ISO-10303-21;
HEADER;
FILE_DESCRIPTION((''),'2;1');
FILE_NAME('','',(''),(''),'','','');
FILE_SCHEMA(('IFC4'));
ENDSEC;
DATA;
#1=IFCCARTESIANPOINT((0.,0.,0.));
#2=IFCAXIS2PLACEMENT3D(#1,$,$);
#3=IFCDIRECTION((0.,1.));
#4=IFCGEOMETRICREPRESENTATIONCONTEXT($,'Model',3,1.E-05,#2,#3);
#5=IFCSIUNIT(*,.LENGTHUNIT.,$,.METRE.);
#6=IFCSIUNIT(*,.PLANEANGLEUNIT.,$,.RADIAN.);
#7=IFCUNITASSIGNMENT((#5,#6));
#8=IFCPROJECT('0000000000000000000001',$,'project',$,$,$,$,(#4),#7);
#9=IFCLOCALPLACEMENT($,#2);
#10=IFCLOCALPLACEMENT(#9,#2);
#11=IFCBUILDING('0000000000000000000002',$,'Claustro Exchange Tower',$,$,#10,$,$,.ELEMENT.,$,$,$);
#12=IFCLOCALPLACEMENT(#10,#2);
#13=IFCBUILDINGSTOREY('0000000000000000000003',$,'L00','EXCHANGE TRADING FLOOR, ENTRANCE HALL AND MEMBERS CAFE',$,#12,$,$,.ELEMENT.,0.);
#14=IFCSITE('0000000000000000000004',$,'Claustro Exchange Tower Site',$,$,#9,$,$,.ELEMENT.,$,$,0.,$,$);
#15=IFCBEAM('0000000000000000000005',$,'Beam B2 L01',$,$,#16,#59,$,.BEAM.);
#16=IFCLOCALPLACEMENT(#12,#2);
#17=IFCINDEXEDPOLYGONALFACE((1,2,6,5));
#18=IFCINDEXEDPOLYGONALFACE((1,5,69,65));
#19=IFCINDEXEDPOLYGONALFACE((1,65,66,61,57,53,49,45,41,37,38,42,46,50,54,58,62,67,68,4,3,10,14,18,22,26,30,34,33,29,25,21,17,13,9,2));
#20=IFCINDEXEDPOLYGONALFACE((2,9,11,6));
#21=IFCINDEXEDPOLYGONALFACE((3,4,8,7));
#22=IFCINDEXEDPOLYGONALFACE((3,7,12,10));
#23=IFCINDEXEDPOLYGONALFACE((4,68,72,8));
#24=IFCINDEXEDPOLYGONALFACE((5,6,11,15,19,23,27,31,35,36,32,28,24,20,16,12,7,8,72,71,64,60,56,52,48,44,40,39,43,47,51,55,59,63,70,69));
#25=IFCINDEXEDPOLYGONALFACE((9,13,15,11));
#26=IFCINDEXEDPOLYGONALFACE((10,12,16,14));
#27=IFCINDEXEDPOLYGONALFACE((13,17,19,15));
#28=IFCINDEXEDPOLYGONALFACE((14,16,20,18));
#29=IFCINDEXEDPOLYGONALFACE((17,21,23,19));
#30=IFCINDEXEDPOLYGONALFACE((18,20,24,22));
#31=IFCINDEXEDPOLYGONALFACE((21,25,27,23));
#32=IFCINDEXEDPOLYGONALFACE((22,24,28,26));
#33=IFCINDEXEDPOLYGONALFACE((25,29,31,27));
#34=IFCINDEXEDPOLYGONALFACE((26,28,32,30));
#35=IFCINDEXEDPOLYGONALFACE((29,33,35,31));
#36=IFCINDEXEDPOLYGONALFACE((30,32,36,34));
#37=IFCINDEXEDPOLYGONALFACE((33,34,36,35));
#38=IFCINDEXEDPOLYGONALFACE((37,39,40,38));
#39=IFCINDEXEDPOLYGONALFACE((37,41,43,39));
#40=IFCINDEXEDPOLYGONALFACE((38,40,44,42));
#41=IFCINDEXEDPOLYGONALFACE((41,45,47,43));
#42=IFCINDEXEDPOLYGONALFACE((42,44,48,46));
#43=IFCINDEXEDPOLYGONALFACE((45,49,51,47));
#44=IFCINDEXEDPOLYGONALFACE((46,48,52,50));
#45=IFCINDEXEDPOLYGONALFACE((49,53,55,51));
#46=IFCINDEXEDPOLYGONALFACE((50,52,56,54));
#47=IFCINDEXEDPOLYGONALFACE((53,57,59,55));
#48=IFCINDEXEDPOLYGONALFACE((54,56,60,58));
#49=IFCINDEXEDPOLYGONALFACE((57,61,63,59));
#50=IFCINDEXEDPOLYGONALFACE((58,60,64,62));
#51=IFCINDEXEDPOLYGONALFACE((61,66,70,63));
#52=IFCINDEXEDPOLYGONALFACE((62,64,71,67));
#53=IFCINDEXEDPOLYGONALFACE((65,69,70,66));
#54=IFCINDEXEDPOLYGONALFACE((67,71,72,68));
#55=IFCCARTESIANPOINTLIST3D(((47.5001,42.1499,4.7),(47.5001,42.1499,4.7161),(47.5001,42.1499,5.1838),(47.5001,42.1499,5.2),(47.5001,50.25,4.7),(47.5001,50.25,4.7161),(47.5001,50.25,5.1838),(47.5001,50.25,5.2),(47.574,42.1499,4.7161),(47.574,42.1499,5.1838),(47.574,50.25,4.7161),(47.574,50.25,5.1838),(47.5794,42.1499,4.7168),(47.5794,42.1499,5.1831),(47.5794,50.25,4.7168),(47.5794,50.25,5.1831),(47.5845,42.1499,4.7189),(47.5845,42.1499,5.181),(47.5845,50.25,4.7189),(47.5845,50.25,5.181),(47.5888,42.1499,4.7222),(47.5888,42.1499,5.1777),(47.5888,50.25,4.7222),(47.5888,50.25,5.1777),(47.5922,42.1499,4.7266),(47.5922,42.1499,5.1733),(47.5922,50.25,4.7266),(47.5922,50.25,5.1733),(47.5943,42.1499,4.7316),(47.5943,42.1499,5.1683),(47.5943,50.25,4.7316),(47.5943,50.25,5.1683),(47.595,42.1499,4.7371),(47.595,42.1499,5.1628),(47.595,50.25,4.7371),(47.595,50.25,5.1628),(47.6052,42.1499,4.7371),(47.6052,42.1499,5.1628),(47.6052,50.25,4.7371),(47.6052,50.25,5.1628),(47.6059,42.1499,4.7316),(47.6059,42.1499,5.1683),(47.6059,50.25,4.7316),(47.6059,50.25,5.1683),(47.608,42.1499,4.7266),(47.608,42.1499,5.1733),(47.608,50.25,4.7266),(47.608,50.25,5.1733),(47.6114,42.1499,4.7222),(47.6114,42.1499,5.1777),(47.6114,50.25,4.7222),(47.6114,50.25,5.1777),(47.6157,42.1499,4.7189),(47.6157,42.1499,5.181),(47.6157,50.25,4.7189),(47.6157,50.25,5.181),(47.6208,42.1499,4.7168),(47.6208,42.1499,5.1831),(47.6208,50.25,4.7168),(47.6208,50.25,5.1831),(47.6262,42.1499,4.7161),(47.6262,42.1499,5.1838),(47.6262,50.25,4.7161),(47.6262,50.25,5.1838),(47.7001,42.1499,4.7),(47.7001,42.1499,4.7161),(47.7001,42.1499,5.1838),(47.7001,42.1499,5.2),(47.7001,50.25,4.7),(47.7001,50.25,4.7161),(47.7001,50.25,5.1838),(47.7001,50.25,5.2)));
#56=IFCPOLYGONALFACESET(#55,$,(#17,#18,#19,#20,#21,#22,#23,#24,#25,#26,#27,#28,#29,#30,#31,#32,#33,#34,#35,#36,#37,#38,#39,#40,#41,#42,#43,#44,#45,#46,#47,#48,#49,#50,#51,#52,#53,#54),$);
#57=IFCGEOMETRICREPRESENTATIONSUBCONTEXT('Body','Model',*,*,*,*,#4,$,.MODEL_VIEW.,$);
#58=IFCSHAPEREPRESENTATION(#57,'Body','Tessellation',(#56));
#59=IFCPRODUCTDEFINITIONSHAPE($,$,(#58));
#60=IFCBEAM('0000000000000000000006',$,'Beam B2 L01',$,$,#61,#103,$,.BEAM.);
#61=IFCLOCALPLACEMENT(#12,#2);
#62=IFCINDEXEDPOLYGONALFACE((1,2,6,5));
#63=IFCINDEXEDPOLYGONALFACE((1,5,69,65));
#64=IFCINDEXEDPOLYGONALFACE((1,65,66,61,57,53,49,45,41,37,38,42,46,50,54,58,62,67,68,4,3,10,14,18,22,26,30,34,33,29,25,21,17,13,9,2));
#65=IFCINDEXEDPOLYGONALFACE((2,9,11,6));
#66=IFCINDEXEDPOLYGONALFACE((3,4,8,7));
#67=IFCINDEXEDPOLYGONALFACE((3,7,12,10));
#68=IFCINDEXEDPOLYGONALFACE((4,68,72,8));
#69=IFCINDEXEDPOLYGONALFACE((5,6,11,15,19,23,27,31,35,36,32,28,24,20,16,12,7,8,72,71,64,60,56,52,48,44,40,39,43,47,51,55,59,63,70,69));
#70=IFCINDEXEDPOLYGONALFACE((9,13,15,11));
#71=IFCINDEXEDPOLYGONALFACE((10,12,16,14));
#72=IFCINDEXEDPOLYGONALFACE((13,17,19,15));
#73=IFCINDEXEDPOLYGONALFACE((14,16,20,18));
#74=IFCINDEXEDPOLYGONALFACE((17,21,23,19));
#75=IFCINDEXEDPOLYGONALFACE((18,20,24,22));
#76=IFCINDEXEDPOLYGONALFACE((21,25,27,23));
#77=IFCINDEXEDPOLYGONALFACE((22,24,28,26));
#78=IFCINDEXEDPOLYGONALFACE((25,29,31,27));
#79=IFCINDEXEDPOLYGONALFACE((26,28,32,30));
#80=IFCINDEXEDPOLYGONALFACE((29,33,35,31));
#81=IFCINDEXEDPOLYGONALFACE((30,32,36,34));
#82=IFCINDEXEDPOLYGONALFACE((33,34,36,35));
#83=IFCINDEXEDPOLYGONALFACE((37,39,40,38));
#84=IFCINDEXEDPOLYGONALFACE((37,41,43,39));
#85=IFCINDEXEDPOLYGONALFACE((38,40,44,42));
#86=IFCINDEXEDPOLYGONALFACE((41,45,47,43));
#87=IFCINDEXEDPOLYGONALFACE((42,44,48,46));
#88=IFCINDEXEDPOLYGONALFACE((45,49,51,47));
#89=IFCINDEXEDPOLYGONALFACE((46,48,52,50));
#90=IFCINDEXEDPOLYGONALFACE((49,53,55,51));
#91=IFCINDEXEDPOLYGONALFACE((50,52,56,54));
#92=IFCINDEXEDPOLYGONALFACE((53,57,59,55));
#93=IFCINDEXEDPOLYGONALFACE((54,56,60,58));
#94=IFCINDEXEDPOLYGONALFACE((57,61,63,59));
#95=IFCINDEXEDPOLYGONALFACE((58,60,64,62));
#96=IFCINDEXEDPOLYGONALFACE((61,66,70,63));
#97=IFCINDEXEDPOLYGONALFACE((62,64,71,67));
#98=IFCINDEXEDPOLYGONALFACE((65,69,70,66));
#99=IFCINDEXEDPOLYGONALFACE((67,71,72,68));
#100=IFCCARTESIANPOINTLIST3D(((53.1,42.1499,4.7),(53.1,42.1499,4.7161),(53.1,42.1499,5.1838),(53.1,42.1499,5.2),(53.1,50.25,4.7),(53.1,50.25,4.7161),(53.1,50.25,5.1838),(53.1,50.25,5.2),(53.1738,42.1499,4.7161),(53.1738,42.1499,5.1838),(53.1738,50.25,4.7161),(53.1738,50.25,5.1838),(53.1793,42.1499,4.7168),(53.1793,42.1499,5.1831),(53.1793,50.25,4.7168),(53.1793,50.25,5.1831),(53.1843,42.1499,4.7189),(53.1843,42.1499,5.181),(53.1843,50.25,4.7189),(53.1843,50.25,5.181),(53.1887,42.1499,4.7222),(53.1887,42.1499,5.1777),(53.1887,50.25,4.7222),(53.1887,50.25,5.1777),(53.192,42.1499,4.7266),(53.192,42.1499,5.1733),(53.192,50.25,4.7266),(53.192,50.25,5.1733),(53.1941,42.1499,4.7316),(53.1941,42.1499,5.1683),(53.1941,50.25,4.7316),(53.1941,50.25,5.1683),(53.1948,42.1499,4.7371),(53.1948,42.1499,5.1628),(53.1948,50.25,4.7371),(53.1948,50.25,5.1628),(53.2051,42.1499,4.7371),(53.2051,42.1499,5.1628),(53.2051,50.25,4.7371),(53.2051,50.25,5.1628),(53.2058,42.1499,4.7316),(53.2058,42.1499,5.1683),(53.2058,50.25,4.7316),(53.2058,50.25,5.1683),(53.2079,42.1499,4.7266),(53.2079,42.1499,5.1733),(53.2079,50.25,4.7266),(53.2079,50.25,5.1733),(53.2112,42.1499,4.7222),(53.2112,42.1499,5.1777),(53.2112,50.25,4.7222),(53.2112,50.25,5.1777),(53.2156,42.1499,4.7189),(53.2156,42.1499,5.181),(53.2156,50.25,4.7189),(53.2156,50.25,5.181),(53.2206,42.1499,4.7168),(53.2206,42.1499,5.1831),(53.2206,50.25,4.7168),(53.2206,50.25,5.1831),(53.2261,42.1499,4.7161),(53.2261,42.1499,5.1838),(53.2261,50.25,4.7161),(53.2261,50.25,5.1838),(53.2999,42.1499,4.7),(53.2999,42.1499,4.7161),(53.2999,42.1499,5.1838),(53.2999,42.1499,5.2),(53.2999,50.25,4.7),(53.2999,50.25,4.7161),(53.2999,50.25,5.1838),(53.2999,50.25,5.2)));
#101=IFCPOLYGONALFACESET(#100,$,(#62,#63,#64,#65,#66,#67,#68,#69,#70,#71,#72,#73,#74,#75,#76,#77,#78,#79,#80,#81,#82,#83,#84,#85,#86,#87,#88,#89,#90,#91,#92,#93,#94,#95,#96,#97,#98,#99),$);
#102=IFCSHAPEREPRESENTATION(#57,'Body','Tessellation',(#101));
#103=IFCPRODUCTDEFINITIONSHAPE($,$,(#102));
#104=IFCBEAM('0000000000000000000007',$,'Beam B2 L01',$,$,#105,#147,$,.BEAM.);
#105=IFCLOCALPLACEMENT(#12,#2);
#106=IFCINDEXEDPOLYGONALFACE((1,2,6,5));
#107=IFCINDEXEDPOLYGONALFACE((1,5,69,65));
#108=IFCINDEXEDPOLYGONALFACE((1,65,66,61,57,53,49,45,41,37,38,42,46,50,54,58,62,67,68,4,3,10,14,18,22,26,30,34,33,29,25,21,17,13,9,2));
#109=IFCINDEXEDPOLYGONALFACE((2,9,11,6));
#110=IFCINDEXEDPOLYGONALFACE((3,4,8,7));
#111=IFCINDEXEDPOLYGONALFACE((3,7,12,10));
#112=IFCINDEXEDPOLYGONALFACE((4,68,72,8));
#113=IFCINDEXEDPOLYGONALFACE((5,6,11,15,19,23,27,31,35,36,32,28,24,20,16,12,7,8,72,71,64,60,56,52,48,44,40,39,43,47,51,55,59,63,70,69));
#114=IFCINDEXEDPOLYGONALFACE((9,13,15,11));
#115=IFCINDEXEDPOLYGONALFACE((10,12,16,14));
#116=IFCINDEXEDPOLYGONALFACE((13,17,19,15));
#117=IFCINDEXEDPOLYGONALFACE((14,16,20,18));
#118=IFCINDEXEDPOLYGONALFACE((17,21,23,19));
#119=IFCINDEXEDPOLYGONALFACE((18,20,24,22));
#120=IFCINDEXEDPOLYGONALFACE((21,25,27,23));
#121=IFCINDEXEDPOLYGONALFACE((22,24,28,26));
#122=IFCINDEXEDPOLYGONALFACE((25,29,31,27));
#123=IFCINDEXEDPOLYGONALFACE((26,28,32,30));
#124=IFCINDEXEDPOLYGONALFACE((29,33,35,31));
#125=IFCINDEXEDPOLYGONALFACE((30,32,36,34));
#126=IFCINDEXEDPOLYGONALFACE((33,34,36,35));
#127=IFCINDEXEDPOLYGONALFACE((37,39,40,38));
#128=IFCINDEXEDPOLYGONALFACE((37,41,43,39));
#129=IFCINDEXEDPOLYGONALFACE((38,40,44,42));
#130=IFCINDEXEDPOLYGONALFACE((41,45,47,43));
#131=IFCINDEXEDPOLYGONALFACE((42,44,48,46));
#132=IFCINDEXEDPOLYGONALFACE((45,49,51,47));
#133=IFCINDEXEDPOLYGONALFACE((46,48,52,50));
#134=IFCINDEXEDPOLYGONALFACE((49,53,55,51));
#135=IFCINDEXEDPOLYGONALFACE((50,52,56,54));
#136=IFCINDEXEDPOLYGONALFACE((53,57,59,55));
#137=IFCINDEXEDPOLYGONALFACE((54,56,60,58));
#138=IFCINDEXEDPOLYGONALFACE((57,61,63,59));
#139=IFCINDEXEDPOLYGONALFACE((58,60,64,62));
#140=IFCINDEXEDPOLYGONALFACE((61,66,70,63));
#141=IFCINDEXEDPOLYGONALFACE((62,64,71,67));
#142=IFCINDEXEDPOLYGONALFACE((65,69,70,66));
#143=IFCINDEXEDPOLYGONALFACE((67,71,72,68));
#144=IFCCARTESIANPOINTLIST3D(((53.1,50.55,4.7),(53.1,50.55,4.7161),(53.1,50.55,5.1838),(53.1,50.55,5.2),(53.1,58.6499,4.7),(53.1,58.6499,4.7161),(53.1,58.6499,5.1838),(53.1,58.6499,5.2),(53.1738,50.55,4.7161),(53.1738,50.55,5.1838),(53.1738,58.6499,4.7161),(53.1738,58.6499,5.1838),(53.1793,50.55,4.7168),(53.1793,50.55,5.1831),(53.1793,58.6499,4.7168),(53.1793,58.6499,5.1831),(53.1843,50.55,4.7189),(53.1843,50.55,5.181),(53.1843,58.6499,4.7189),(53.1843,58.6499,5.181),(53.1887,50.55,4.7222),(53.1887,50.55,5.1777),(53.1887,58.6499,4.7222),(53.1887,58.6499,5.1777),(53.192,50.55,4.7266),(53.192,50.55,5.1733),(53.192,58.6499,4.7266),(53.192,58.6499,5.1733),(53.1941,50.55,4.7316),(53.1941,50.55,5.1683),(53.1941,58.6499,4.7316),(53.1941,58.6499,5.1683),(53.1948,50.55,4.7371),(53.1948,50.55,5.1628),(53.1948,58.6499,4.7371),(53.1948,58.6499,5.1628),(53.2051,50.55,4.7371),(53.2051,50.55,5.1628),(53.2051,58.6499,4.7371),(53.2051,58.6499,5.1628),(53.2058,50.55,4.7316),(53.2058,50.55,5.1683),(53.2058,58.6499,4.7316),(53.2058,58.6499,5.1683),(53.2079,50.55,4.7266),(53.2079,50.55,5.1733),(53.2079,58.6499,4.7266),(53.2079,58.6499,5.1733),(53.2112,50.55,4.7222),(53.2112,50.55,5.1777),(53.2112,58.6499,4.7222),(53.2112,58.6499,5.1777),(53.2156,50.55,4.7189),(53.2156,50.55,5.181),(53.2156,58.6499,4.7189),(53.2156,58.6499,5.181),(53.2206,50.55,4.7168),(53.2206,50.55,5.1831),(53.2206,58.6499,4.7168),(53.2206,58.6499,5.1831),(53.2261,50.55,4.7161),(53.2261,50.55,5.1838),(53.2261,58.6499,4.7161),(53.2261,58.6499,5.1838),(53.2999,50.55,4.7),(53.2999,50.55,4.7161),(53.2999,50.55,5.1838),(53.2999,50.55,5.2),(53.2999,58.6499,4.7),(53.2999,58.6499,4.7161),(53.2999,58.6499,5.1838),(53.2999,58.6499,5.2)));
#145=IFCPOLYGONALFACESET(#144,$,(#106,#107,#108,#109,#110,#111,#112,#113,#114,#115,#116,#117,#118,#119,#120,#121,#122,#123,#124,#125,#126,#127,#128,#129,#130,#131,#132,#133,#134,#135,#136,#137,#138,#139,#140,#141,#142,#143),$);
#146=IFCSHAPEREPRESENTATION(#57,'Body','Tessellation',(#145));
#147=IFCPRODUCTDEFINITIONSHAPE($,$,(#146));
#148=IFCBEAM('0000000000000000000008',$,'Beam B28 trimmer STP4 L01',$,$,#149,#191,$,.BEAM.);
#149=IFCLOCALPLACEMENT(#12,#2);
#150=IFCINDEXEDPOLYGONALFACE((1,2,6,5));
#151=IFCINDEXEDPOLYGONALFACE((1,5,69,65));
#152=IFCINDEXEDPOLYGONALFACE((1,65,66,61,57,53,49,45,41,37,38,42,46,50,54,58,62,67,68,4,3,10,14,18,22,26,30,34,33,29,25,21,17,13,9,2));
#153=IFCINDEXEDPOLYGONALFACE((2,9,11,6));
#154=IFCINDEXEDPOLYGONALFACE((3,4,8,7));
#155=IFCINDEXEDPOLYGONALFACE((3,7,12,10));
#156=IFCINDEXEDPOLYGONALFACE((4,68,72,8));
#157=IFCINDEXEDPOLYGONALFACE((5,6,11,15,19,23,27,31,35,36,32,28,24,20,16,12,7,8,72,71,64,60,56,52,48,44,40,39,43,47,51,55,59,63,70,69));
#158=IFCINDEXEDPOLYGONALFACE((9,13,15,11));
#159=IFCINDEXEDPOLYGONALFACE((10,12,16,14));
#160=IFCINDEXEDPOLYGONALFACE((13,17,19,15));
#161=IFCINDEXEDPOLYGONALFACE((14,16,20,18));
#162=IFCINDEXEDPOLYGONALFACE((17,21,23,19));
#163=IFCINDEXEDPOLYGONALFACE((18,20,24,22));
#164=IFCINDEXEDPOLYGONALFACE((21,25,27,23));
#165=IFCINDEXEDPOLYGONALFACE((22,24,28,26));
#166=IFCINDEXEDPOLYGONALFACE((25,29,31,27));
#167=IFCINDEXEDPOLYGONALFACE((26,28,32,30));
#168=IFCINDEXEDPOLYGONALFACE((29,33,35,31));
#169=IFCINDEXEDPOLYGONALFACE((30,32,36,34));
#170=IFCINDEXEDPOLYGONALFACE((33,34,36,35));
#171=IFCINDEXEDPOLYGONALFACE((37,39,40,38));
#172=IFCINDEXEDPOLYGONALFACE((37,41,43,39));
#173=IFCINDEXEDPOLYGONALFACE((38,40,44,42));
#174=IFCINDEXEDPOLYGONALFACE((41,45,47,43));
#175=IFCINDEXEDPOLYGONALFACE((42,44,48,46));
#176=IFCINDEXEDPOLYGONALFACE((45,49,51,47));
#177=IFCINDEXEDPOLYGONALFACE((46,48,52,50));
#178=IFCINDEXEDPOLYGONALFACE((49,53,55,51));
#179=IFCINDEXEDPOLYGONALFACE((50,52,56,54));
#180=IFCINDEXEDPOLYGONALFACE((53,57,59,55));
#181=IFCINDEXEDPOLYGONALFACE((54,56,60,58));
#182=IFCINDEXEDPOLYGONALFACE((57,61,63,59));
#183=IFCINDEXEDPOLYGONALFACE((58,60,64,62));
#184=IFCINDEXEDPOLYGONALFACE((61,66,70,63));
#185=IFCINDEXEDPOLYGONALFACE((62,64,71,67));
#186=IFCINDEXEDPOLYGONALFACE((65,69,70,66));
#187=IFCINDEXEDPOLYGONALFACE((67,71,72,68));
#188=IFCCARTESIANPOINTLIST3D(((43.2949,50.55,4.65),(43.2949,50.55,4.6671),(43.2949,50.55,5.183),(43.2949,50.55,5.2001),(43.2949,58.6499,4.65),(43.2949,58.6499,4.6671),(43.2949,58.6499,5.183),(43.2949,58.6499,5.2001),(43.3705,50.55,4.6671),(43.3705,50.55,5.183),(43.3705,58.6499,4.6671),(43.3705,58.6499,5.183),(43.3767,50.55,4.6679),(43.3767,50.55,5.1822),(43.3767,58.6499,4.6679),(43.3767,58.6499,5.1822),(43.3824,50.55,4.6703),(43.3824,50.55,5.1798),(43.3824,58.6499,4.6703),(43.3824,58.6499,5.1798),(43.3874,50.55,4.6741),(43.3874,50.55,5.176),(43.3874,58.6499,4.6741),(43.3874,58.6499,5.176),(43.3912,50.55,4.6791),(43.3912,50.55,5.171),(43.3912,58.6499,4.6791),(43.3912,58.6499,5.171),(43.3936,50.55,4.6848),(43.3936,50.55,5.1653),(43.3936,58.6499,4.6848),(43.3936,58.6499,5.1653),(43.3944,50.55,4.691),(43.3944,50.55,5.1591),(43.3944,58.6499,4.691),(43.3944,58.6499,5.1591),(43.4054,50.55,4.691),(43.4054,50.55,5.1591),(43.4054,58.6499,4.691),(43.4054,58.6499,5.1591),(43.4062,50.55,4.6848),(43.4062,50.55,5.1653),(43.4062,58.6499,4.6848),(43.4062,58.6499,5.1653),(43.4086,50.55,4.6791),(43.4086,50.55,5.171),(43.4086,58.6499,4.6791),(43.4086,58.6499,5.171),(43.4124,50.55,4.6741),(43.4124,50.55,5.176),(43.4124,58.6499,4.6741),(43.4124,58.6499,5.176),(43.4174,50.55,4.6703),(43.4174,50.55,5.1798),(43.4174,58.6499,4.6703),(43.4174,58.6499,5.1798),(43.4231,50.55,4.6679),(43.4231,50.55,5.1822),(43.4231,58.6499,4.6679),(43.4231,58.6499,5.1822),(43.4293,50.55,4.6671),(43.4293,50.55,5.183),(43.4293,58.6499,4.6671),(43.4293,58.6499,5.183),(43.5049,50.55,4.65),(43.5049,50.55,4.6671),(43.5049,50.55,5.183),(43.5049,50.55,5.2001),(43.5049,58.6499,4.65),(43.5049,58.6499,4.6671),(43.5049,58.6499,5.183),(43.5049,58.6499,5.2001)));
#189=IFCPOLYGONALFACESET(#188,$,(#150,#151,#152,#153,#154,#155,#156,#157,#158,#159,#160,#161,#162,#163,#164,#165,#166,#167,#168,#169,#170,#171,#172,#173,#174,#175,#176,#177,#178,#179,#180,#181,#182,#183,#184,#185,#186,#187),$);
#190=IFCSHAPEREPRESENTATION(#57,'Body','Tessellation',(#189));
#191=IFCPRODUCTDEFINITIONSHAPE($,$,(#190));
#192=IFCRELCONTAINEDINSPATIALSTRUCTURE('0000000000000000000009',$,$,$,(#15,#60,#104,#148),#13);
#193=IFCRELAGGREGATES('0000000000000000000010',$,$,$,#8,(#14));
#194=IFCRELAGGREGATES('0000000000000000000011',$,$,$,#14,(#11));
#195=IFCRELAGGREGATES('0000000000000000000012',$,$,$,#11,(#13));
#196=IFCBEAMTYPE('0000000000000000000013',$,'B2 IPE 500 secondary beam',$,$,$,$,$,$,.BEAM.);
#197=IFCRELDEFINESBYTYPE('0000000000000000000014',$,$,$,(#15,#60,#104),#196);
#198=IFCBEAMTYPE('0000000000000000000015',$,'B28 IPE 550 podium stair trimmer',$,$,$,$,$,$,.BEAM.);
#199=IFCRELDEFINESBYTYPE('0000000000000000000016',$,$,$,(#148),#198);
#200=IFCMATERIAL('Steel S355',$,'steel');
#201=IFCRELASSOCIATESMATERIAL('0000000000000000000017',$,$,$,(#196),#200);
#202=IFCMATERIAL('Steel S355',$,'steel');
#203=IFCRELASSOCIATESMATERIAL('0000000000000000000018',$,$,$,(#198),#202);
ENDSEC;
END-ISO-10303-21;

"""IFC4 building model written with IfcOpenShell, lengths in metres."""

from ifc_helpers import new_model, si_unit, direction, frame, origin, origin_2d, place, context, subcontext, project, spatial, i_section, extrude, material, material_profile, profile_set, type_object, element, save


model = new_model("IFC4")

# Units and contexts
model_context = context("Model", 3, precision=1e-05, world=origin(), true_north=direction((0.0, 1.0)))
body_context = subcontext(model_context, "Body", "Model", "MODEL_VIEW")
ifc_project = project(units=[si_unit("LENGTHUNIT", "METRE"), si_unit("PLANEANGLEUNIT", "RADIAN")], contexts=[model_context])

# Site, building, storey
site_placement = place(None, origin())
site = spatial("IfcSite", under=ifc_project, at=site_placement, Name="Claustro Exchange Tower Site", CompositionType="ELEMENT", RefElevation=0.0)
building_placement = place(site_placement, origin())
building = spatial("IfcBuilding", under=site, at=building_placement, Name="Claustro Exchange Tower", CompositionType="ELEMENT")
storey_placement = place(building_placement, origin())
storey = spatial("IfcBuildingStorey", under=building, at=storey_placement, Name="L00", Description="EXCHANGE TRADING FLOOR, ENTRANCE HALL AND MEMBERS CAFE", CompositionType="ELEMENT", Elevation=0.0)

# Beams
ifc_material_1 = material(Name="Steel S355", Category="steel")
ifc_material_profile_1 = material_profile(ifc_material_1, i_section(OverallWidth=0.2, OverallDepth=0.5, WebThickness=0.0103, FlangeThickness=0.0161, FilletRadius=0.021, at=origin_2d()), Name="IPE 500")
ifc_profile_set_1 = profile_set([ifc_material_profile_1], Name="Steel S355")
beam_type_1 = type_object("IfcBeamType", Name="B2 IPE 500 secondary beam", PredefinedType="BEAM", material=ifc_profile_set_1)
for number, where, z_axis, x_axis, name in (
    (1, (47.6001, 42.1499, 4.95), (0.0, 1.0, 0.0), (-1.0, 0.0, 0.0), "Beam B2 L01"),
    (2, (53.2, 42.1499, 4.95), (0.0, 1.0, 0.0), (-1.0, 0.0, 0.0), "Beam B2 L01"),
):
    element("IfcBeam", number, at=place(storey_placement, frame(where, z_axis=z_axis, x_axis=x_axis)), inside=storey, type_object=beam_type_1, Name=name, PredefinedType="BEAM", context=body_context, shape_type="SweptSolid", body=[
        extrude(i_section(OverallWidth=0.2, OverallDepth=0.5, WebThickness=0.0103, FlangeThickness=0.0161, FilletRadius=0.021, at=origin_2d()), origin(), (0.0, 0.0, 1.0), 8.1001),
    ])
beam_1_placement = place(storey_placement, frame((53.2, 50.55, 4.95), z_axis=(0.0, 1.0, 0.0), x_axis=(-1.0, 0.0, 0.0)))
element("IfcBeam", 3, at=beam_1_placement, inside=storey, type_object=beam_type_1, Name="Beam B2 L01", PredefinedType="BEAM", context=body_context, shape_type="SweptSolid", body=[
    extrude(i_section(OverallWidth=0.2, OverallDepth=0.5, WebThickness=0.0103, FlangeThickness=0.0161, FilletRadius=0.021, at=origin_2d()), origin(), (0.0, 0.0, 1.0), 8.0999),
])
ifc_material_2 = material(Name="Steel S355", Category="steel")
ifc_material_profile_2 = material_profile(ifc_material_2, i_section(OverallWidth=0.21, OverallDepth=0.55, WebThickness=0.011, FlangeThickness=0.0171, FilletRadius=0.0239, at=origin_2d()), Name="IPE 550")
ifc_profile_set_2 = profile_set([ifc_material_profile_2], Name="Steel S355")
beam_type_2 = type_object("IfcBeamType", Name="B28 IPE 550 podium stair trimmer", PredefinedType="BEAM", material=ifc_profile_set_2)
for number, where, z_axis, x_axis, name in (
    (4, (43.3999, 50.55, 4.925), (0.0, 1.0, 0.0), (-1.0, 0.0, 0.0), "Beam B28 trimmer STP4 L01"),
):
    element("IfcBeam", number, at=place(storey_placement, frame(where, z_axis=z_axis, x_axis=x_axis)), inside=storey, type_object=beam_type_2, Name=name, PredefinedType="BEAM", context=body_context, shape_type="SweptSolid", body=[
        extrude(i_section(OverallWidth=0.21, OverallDepth=0.55, WebThickness=0.011, FlangeThickness=0.0171, FilletRadius=0.0239, at=origin_2d()), origin(), (0.0, 0.0, 1.0), 8.0999),
    ])

save(model, "model.ifc")
